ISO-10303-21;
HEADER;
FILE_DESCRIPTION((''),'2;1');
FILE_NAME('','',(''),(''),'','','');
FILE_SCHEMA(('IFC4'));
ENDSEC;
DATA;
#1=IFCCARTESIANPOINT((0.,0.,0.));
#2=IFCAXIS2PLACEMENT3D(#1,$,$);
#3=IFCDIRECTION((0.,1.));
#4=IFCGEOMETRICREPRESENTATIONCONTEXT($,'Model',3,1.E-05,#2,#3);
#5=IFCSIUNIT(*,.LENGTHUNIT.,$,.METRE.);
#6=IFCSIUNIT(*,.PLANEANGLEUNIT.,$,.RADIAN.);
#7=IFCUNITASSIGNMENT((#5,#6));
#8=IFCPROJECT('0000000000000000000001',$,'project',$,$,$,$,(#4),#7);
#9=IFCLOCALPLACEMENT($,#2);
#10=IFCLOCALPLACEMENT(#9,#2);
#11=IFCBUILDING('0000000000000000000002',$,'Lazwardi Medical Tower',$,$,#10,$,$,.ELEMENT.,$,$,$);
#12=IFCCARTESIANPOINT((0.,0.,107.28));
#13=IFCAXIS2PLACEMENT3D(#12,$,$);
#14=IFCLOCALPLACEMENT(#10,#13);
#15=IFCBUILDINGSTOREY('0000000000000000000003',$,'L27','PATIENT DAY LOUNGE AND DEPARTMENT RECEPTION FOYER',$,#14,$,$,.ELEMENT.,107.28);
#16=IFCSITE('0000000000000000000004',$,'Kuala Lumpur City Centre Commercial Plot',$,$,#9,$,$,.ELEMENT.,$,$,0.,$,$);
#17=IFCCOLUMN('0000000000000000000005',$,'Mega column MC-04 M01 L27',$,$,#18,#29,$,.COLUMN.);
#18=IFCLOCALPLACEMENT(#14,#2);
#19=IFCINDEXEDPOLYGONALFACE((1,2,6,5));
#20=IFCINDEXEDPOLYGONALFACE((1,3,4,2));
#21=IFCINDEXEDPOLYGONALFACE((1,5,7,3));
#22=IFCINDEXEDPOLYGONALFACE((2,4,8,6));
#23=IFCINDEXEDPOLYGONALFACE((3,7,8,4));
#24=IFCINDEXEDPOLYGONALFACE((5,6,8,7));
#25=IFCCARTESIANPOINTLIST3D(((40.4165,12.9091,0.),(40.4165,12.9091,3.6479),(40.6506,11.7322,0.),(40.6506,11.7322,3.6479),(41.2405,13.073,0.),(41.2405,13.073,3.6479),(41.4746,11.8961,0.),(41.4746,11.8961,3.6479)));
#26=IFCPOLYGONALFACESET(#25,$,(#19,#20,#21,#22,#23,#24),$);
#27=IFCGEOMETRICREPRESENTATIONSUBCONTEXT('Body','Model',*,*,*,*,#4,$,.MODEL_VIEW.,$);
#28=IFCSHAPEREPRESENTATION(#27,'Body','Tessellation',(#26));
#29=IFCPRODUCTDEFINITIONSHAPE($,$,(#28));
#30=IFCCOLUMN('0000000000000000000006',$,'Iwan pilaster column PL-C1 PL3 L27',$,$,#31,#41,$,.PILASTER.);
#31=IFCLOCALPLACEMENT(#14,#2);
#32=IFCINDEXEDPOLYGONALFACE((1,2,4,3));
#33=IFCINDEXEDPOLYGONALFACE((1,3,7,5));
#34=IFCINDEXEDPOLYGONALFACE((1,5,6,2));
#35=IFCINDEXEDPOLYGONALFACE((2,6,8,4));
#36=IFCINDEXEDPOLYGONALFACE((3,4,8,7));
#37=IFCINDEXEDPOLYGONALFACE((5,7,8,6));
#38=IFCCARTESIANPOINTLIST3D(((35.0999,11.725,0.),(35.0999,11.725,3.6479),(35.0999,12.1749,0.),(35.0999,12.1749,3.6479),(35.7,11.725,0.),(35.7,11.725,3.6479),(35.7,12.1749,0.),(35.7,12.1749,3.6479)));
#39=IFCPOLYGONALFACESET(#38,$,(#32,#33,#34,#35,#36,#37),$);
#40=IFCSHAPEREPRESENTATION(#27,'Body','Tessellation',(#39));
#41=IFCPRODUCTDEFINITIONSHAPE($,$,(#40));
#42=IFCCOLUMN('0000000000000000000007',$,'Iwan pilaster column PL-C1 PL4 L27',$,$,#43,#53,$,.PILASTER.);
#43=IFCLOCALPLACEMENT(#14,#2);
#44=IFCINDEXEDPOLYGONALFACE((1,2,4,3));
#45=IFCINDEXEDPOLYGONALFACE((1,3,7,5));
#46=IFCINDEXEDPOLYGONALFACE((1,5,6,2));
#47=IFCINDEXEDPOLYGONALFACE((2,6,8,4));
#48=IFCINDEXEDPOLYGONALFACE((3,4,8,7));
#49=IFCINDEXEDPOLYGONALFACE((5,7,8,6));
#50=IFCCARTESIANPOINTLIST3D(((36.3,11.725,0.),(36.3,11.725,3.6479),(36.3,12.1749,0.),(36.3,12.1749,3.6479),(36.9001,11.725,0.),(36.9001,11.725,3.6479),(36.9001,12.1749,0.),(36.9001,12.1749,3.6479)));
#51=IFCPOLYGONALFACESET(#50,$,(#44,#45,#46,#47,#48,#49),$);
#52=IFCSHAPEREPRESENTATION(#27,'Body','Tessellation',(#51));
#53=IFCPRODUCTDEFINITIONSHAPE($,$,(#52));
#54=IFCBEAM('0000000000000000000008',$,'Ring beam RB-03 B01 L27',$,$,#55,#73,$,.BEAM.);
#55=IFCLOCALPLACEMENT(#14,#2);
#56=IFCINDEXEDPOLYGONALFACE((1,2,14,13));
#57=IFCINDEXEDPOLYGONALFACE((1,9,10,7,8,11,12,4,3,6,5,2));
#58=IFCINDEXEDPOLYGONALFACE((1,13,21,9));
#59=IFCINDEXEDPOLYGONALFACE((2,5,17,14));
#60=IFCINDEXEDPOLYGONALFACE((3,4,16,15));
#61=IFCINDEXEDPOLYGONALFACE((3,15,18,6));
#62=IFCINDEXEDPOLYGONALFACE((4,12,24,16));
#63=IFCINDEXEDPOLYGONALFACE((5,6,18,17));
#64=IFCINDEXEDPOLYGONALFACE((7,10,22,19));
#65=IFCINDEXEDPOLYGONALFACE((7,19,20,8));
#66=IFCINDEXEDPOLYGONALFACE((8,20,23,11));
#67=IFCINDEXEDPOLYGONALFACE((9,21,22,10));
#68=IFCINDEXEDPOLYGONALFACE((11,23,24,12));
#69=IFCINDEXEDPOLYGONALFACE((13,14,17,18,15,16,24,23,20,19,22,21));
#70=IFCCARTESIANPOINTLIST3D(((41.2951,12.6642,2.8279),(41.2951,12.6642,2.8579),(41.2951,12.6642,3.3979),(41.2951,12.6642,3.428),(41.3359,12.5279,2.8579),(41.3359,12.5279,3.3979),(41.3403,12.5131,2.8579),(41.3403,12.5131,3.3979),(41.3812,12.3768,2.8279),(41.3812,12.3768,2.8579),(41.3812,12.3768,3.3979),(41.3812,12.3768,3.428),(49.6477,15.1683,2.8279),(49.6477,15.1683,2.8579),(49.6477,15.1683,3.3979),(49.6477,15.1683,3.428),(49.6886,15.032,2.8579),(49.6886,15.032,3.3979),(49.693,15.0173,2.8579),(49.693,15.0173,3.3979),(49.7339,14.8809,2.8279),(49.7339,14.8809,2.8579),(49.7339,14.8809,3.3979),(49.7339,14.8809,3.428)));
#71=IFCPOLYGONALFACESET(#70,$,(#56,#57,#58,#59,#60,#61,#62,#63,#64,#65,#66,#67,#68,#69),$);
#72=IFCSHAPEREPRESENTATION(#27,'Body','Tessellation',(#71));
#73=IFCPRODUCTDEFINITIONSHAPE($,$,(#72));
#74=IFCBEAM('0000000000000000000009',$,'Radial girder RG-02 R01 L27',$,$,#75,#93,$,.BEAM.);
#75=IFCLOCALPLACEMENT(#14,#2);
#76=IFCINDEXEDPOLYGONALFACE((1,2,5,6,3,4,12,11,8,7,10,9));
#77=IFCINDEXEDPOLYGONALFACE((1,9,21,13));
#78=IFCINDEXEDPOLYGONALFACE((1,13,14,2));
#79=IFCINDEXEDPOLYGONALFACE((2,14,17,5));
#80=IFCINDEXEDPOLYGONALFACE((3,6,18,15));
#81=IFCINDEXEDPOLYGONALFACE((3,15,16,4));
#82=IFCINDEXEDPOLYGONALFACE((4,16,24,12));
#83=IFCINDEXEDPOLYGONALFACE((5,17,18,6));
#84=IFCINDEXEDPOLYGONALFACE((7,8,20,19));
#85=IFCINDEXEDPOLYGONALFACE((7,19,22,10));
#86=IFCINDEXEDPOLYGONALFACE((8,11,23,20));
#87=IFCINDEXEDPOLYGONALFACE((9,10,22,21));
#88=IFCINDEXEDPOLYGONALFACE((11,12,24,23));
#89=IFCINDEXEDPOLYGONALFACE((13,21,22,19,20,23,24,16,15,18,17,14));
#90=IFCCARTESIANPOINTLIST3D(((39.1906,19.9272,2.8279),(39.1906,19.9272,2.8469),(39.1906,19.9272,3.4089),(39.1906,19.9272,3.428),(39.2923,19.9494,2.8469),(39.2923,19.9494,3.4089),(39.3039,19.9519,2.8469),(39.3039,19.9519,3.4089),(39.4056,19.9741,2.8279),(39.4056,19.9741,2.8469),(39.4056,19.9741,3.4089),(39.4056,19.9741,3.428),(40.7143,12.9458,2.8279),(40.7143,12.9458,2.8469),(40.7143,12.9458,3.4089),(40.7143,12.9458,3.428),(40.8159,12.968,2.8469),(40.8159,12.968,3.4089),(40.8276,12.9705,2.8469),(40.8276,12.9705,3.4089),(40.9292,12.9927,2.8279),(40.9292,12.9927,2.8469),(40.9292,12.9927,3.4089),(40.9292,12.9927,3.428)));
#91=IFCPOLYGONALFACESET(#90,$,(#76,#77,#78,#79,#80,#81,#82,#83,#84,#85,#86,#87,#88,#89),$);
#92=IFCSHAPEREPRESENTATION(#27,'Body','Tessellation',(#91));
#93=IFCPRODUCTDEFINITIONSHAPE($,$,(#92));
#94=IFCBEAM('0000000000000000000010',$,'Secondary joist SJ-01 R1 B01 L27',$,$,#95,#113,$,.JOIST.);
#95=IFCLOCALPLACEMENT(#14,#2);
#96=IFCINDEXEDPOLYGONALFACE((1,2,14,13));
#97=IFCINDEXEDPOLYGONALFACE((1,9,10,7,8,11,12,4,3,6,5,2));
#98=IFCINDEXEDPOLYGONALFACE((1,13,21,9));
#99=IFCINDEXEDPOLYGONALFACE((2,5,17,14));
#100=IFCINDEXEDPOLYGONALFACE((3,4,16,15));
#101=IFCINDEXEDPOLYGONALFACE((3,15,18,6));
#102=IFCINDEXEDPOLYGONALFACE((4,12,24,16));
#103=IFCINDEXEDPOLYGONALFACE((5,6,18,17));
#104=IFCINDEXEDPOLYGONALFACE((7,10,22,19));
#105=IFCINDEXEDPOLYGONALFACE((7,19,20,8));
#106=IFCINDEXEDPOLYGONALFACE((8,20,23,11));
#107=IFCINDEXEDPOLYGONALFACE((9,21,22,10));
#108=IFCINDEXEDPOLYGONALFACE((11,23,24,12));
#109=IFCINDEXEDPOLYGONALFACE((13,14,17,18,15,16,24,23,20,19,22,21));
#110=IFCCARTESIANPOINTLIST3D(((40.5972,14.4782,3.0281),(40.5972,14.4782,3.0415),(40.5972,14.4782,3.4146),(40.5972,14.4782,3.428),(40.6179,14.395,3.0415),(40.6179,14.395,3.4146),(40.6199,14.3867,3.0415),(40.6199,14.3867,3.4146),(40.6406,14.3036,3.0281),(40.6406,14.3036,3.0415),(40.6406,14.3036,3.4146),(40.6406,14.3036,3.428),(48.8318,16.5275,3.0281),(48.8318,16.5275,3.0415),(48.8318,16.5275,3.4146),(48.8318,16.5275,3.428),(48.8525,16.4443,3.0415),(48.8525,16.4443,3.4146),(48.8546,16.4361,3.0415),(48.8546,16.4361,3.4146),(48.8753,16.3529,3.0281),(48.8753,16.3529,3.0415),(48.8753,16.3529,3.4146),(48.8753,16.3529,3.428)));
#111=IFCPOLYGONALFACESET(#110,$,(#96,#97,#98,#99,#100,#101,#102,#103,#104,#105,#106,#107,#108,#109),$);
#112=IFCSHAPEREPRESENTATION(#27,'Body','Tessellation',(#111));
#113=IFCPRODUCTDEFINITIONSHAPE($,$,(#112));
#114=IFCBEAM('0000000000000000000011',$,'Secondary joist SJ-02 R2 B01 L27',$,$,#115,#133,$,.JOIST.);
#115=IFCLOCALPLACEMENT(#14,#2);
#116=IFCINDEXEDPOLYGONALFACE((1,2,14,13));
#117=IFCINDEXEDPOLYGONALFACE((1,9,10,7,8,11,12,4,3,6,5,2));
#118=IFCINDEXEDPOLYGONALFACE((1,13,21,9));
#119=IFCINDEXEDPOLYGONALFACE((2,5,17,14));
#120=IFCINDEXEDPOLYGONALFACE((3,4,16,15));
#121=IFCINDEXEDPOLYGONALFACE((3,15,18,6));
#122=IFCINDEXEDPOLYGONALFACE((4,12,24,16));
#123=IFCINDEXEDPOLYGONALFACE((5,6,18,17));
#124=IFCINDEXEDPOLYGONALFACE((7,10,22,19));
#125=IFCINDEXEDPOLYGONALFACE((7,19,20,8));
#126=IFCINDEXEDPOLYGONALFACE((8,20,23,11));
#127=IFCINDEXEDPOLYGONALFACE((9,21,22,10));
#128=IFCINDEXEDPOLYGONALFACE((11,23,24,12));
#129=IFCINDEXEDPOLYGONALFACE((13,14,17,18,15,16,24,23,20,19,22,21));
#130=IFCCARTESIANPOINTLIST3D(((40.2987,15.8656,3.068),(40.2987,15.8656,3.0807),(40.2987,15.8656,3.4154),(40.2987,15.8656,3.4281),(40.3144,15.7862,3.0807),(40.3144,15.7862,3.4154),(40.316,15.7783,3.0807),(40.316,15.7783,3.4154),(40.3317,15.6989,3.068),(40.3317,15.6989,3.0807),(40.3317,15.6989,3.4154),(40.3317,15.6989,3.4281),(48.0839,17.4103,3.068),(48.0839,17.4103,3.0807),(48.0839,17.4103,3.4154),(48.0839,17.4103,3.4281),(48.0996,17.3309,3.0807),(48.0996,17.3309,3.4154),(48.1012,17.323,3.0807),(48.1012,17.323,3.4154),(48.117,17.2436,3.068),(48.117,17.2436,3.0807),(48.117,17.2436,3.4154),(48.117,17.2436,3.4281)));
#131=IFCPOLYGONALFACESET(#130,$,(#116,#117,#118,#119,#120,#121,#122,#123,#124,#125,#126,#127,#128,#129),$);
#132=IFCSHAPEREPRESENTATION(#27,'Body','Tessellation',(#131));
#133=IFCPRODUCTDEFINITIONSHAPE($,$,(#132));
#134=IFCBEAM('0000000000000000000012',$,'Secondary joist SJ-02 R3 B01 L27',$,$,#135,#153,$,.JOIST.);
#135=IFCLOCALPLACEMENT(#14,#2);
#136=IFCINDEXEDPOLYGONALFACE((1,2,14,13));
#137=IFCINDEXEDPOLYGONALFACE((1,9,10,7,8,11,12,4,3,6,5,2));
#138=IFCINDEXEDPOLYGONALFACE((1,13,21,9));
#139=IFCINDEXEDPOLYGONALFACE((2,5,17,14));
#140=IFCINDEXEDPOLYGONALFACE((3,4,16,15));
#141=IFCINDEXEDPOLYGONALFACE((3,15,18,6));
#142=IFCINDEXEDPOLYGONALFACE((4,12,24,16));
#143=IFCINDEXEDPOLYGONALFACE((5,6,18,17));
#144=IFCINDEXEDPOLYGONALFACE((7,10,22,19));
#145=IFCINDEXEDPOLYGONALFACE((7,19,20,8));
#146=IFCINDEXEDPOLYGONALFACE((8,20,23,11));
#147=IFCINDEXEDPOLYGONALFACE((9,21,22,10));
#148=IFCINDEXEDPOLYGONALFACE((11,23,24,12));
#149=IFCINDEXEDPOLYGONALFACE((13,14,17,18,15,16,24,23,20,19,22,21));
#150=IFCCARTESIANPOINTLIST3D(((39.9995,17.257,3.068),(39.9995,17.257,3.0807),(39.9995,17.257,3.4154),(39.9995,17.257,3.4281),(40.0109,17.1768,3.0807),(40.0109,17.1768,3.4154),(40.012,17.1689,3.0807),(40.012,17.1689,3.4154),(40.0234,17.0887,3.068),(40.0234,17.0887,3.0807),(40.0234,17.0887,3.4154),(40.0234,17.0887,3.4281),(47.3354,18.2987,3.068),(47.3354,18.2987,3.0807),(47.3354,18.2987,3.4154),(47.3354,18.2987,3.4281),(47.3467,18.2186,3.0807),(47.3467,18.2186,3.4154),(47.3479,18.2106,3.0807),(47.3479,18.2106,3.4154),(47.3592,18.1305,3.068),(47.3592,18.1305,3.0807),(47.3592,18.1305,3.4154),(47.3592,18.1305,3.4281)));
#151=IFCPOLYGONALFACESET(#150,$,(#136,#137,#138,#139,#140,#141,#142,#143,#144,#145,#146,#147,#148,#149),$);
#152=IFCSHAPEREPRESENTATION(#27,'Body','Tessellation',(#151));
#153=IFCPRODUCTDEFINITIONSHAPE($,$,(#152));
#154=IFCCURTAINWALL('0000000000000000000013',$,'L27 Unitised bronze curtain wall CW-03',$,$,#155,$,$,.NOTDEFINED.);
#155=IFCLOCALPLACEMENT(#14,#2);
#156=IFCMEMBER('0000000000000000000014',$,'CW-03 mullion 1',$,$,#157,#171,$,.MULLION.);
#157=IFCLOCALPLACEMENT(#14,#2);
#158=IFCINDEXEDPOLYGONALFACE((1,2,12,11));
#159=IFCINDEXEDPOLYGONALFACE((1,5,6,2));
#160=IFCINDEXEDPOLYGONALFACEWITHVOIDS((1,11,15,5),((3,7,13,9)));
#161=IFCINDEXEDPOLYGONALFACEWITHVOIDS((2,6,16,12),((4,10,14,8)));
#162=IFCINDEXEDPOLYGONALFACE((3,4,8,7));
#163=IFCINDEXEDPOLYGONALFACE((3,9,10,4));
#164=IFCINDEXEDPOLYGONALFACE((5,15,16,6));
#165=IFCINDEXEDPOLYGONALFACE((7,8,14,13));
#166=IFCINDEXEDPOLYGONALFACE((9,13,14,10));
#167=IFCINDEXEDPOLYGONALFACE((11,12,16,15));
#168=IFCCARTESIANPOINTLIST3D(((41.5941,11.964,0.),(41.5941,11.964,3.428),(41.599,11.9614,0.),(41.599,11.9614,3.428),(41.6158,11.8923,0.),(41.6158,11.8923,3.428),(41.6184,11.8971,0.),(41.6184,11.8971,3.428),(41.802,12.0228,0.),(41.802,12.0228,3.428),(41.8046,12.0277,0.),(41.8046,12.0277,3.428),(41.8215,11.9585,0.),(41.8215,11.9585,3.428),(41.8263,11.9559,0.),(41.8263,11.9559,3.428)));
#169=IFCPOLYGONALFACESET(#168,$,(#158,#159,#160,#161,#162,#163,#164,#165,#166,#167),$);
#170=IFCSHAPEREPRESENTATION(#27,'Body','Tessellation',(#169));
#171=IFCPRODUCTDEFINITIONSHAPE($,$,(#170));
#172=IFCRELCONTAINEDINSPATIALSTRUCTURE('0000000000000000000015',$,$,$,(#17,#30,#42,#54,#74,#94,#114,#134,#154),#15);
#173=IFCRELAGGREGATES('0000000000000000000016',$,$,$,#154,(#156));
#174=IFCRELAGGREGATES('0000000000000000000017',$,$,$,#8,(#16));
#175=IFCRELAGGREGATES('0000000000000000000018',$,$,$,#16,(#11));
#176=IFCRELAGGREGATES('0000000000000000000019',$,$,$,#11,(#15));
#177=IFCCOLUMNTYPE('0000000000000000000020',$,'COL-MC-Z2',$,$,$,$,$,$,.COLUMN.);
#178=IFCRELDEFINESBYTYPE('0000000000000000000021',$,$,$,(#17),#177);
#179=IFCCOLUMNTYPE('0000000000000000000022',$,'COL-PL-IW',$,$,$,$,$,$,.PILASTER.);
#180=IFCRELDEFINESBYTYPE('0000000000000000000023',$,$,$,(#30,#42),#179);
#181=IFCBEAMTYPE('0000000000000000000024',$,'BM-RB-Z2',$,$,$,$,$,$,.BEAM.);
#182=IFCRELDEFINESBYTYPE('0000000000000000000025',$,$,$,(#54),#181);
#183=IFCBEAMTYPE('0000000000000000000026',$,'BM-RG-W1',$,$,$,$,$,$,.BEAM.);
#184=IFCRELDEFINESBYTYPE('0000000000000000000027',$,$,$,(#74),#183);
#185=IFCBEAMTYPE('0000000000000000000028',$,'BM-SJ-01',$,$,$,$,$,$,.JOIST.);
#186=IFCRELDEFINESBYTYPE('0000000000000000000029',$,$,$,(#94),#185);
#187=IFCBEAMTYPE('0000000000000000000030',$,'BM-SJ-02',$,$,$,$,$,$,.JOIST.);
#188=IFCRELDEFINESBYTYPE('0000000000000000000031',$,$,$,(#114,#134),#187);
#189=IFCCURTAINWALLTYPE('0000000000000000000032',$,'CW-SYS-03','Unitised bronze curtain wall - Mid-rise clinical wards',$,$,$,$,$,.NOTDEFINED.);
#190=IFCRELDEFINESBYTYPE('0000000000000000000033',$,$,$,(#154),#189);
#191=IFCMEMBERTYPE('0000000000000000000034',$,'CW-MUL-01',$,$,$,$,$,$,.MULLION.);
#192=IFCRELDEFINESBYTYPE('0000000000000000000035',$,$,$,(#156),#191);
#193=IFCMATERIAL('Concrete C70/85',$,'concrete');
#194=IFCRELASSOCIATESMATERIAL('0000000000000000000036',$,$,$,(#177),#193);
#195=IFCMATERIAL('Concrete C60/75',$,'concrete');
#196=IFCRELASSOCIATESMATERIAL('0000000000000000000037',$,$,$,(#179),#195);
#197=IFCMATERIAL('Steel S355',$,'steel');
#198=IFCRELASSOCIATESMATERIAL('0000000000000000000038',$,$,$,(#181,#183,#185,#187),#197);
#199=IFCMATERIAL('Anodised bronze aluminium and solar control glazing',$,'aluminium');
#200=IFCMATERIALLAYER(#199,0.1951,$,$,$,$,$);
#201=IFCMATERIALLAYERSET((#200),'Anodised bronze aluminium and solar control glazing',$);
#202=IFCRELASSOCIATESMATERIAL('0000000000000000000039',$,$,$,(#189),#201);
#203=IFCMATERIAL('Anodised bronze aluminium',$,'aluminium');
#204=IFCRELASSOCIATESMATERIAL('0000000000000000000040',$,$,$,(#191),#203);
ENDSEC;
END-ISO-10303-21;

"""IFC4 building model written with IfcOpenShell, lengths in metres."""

from ifc_helpers import new_model, si_unit, direction, frame, origin, origin_2d, place, context, subcontext, project, spatial, rectangle, hollow_rectangle, i_section, extrude, material, layer, layer_set, material_profile, profile_set, type_object, element, aggregate, save


model = new_model("IFC4")

# Units and contexts
model_context = context("Model", 3, precision=1e-05, world=origin(), true_north=direction((0.0, 1.0)))
body_context = subcontext(model_context, "Body", "Model", "MODEL_VIEW")
ifc_project = project(units=[si_unit("LENGTHUNIT", "METRE"), si_unit("PLANEANGLEUNIT", "RADIAN")], contexts=[model_context])

# Site, building, storey
site_placement = place(None, origin())
site = spatial("IfcSite", under=ifc_project, at=site_placement, Name="Kuala Lumpur City Centre Commercial Plot", CompositionType="ELEMENT", RefElevation=0.0)
building_placement = place(site_placement, origin())
building = spatial("IfcBuilding", under=site, at=building_placement, Name="Lazwardi Medical Tower", CompositionType="ELEMENT")
storey_placement = place(building_placement, frame((0.0, 0.0, 107.28)))
storey = spatial("IfcBuildingStorey", under=building, at=storey_placement, Name="L27", Description="PATIENT DAY LOUNGE AND DEPARTMENT RECEPTION FOYER", CompositionType="ELEMENT", Elevation=107.28)

# Columns
ifc_material_1 = material(Name="Concrete C70/85", Category="concrete")
ifc_material_profile_1 = material_profile(ifc_material_1, rectangle(XDim=1.2, YDim=0.8401, at=origin_2d()), Name="CFT-RECT 1200x840")
ifc_profile_set_1 = profile_set([ifc_material_profile_1], Name="Concrete C70/85")
column_type_1 = type_object("IfcColumnType", Name="COL-MC-Z2", PredefinedType="COLUMN", material=ifc_profile_set_1)
column_placement = place(storey_placement, frame((40.9456, 12.4026, 0.0), z_axis=(0.0, 0.0, 1.0), x_axis=(0.19509, -0.980785, 0.0)))
element("IfcColumn", 1, at=column_placement, inside=storey, type_object=column_type_1, Name="Mega column MC-04 M01 L27", PredefinedType="COLUMN", context=body_context, shape_type="SweptSolid", body=[
    extrude(rectangle(XDim=1.2, YDim=0.8401, at=origin_2d()), origin(), (0.0, 0.0, 1.0), 3.6479),
])
ifc_material_2 = material(Name="Concrete C60/75", Category="concrete")
ifc_material_profile_2 = material_profile(ifc_material_2, rectangle(XDim=0.6001, YDim=0.45, at=origin_2d()), Name="RC 600x450")
ifc_profile_set_2 = profile_set([ifc_material_profile_2], Name="Concrete C60/75")
column_type_2 = type_object("IfcColumnType", Name="COL-PL-IW", PredefinedType="PILASTER", material=ifc_profile_set_2)
for number, where, z_axis, x_axis, name in (
    (2, (35.3999, 11.95, 0.0), (0.0, 0.0, 1.0), (1.0, 0.0, 0.0), "Iwan pilaster column PL-C1 PL3 L27"),
    (3, (36.6001, 11.95, 0.0), (0.0, 0.0, 1.0), (1.0, 0.0, 0.0), "Iwan pilaster column PL-C1 PL4 L27"),
):
    element("IfcColumn", number, at=place(storey_placement, frame(where, z_axis=z_axis, x_axis=x_axis)), inside=storey, type_object=column_type_2, Name=name, PredefinedType="PILASTER", context=body_context, shape_type="SweptSolid", body=[
        extrude(rectangle(XDim=0.6001, YDim=0.45, at=origin_2d()), origin(), (0.0, 0.0, 1.0), 3.6479),
    ])

# Beams
ifc_material_3 = material(Name="Steel S355", Category="steel")
ifc_material_profile_3 = material_profile(ifc_material_3, i_section(OverallWidth=0.3, OverallDepth=0.6001, WebThickness=0.0154, FlangeThickness=0.03, at=origin_2d()), Name="HEB 600")
ifc_profile_set_3 = profile_set([ifc_material_profile_3], Name="Steel S355")
beam_type_1 = type_object("IfcBeamType", Name="BM-RB-Z2", PredefinedType="BEAM", material=ifc_profile_set_3)
beam_1_placement = place(storey_placement, frame((41.3381, 12.5205, 3.1279), z_axis=(0.957879, 0.287171, 0.0), x_axis=(-0.287171, 0.957879, 0.0)))
element("IfcBeam", 4, at=beam_1_placement, inside=storey, type_object=beam_type_1, Name="Ring beam RB-03 B01 L27", PredefinedType="BEAM", context=body_context, shape_type="SweptSolid", body=[
    extrude(i_section(OverallWidth=0.3, OverallDepth=0.6001, WebThickness=0.0154, FlangeThickness=0.03, at=origin_2d()), origin(), (0.0, 0.0, 1.0), 8.72),
])
ifc_material_profile_4 = material_profile(ifc_material_3, i_section(OverallWidth=0.22, OverallDepth=0.6001, WebThickness=0.012, FlangeThickness=0.019, at=origin_2d()), Name="IPE 600")
ifc_profile_set_4 = profile_set([ifc_material_profile_4], Name="Steel S355")
beam_type_2 = type_object("IfcBeamType", Name="BM-RG-W1", PredefinedType="BEAM", material=ifc_profile_set_4)
beam_2_placement = place(storey_placement, frame((40.8218, 12.9692, 3.1279), z_axis=(-0.213228, 0.977002, 0.0), x_axis=(-0.977002, -0.213228, 0.0)))
element("IfcBeam", 5, at=beam_2_placement, inside=storey, type_object=beam_type_2, Name="Radial girder RG-02 R01 L27", PredefinedType="BEAM", context=body_context, shape_type="SweptSolid", body=[
    extrude(i_section(OverallWidth=0.22, OverallDepth=0.6001, WebThickness=0.012, FlangeThickness=0.019, at=origin_2d()), origin(), (0.0, 0.0, 1.0), 7.1458),
])
ifc_material_profile_5 = material_profile(ifc_material_3, i_section(OverallWidth=0.1799, OverallDepth=0.3999, WebThickness=0.0085, FlangeThickness=0.0134, at=origin_2d()), Name="IPE 400")
ifc_profile_set_5 = profile_set([ifc_material_profile_5], Name="Steel S355")
beam_type_3 = type_object("IfcBeamType", Name="BM-SJ-01", PredefinedType="JOIST", material=ifc_profile_set_5)
beam_3_placement = place(storey_placement, frame((40.6189, 14.3909, 3.228), z_axis=(0.970401, 0.2415, 0.0), x_axis=(-0.2415, 0.970401, 0.0)))
element("IfcBeam", 6, at=beam_3_placement, inside=storey, type_object=beam_type_3, Name="Secondary joist SJ-01 R1 B01 L27", PredefinedType="JOIST", context=body_context, shape_type="SweptSolid", body=[
    extrude(i_section(OverallWidth=0.1799, OverallDepth=0.3999, WebThickness=0.0085, FlangeThickness=0.0134, at=origin_2d()), origin(), (0.0, 0.0, 1.0), 8.4858),
])
ifc_material_profile_6 = material_profile(ifc_material_3, i_section(OverallWidth=0.1699, OverallDepth=0.3601, WebThickness=0.0081, FlangeThickness=0.0127, at=origin_2d()), Name="IPE 360")
ifc_profile_set_6 = profile_set([ifc_material_profile_6], Name="Steel S355")
beam_type_4 = type_object("IfcBeamType", Name="BM-SJ-02", PredefinedType="JOIST", material=ifc_profile_set_6)
beam_4_placement = place(storey_placement, frame((40.3152, 15.7822, 3.248), z_axis=(0.980879, 0.194619, 0.0), x_axis=(-0.194619, 0.980879, 0.0)))
element("IfcBeam", 7, at=beam_4_placement, inside=storey, type_object=beam_type_4, Name="Secondary joist SJ-02 R2 B01 L27", PredefinedType="JOIST", context=body_context, shape_type="SweptSolid", body=[
    extrude(i_section(OverallWidth=0.1699, OverallDepth=0.3601, WebThickness=0.0081, FlangeThickness=0.0127, at=origin_2d()), origin(), (0.0, 0.0, 1.0), 7.937),
])
beam_5_placement = place(storey_placement, frame((40.0115, 17.1729, 3.248), z_axis=(0.990067, 0.140596, 0.0), x_axis=(-0.140596, 0.990067, 0.0)))
element("IfcBeam", 8, at=beam_5_placement, inside=storey, type_object=beam_type_4, Name="Secondary joist SJ-02 R3 B01 L27", PredefinedType="JOIST", context=body_context, shape_type="SweptSolid", body=[
    extrude(i_section(OverallWidth=0.1699, OverallDepth=0.3601, WebThickness=0.0081, FlangeThickness=0.0127, at=origin_2d()), origin(), (0.0, 0.0, 1.0), 7.4094),
])

# Curtain wall, member
ifc_material_4 = material(Name="Anodised bronze aluminium and solar control glazing", Category="aluminium")
ifc_layer_1 = layer(ifc_material_4, 0.1951)
ifc_layer_set_1 = layer_set([ifc_layer_1], Name="Anodised bronze aluminium and solar control glazing")
curtain_wall_type = type_object("IfcCurtainWallType", Name="CW-SYS-03", Description="Unitised bronze curtain wall - Mid-rise clinical wards", PredefinedType="NOTDEFINED", material=ifc_layer_set_1)
curtain_wall_placement = place(storey_placement, origin())
curtain_wall = element("IfcCurtainWall", 9, at=curtain_wall_placement, inside=storey, type_object=curtain_wall_type, Name="L27 Unitised bronze curtain wall CW-03", PredefinedType="NOTDEFINED")
ifc_material_5 = material(Name="Anodised bronze aluminium", Category="aluminium")
ifc_material_profile_7 = material_profile(ifc_material_5, hollow_rectangle(XDim=0.075, YDim=0.22, WallThickness=0.0039, at=origin_2d()), Name="ALU-MULLION 220x75x4")
ifc_profile_set_7 = profile_set([ifc_material_profile_7], Name="Anodised bronze aluminium")
member_type_1 = type_object("IfcMemberType", Name="CW-MUL-01", PredefinedType="MULLION", material=ifc_profile_set_7)
member_1_placement = place(storey_placement, frame((41.7102, 11.96, 0.0), z_axis=(0.0, 0.0, 1.0), x_axis=(-0.289374, 0.957216, 0.0)))
member_1 = element("IfcMember", 10, at=member_1_placement, type_object=member_type_1, Name="CW-03 mullion 1", PredefinedType="MULLION", context=body_context, shape_type="SweptSolid", body=[
    extrude(hollow_rectangle(XDim=0.075, YDim=0.22, WallThickness=0.0039, at=origin_2d()), origin(), (0.0, 0.0, 1.0), 3.428),
])
aggregate(curtain_wall, [member_1])

save(model, "model.ifc")
